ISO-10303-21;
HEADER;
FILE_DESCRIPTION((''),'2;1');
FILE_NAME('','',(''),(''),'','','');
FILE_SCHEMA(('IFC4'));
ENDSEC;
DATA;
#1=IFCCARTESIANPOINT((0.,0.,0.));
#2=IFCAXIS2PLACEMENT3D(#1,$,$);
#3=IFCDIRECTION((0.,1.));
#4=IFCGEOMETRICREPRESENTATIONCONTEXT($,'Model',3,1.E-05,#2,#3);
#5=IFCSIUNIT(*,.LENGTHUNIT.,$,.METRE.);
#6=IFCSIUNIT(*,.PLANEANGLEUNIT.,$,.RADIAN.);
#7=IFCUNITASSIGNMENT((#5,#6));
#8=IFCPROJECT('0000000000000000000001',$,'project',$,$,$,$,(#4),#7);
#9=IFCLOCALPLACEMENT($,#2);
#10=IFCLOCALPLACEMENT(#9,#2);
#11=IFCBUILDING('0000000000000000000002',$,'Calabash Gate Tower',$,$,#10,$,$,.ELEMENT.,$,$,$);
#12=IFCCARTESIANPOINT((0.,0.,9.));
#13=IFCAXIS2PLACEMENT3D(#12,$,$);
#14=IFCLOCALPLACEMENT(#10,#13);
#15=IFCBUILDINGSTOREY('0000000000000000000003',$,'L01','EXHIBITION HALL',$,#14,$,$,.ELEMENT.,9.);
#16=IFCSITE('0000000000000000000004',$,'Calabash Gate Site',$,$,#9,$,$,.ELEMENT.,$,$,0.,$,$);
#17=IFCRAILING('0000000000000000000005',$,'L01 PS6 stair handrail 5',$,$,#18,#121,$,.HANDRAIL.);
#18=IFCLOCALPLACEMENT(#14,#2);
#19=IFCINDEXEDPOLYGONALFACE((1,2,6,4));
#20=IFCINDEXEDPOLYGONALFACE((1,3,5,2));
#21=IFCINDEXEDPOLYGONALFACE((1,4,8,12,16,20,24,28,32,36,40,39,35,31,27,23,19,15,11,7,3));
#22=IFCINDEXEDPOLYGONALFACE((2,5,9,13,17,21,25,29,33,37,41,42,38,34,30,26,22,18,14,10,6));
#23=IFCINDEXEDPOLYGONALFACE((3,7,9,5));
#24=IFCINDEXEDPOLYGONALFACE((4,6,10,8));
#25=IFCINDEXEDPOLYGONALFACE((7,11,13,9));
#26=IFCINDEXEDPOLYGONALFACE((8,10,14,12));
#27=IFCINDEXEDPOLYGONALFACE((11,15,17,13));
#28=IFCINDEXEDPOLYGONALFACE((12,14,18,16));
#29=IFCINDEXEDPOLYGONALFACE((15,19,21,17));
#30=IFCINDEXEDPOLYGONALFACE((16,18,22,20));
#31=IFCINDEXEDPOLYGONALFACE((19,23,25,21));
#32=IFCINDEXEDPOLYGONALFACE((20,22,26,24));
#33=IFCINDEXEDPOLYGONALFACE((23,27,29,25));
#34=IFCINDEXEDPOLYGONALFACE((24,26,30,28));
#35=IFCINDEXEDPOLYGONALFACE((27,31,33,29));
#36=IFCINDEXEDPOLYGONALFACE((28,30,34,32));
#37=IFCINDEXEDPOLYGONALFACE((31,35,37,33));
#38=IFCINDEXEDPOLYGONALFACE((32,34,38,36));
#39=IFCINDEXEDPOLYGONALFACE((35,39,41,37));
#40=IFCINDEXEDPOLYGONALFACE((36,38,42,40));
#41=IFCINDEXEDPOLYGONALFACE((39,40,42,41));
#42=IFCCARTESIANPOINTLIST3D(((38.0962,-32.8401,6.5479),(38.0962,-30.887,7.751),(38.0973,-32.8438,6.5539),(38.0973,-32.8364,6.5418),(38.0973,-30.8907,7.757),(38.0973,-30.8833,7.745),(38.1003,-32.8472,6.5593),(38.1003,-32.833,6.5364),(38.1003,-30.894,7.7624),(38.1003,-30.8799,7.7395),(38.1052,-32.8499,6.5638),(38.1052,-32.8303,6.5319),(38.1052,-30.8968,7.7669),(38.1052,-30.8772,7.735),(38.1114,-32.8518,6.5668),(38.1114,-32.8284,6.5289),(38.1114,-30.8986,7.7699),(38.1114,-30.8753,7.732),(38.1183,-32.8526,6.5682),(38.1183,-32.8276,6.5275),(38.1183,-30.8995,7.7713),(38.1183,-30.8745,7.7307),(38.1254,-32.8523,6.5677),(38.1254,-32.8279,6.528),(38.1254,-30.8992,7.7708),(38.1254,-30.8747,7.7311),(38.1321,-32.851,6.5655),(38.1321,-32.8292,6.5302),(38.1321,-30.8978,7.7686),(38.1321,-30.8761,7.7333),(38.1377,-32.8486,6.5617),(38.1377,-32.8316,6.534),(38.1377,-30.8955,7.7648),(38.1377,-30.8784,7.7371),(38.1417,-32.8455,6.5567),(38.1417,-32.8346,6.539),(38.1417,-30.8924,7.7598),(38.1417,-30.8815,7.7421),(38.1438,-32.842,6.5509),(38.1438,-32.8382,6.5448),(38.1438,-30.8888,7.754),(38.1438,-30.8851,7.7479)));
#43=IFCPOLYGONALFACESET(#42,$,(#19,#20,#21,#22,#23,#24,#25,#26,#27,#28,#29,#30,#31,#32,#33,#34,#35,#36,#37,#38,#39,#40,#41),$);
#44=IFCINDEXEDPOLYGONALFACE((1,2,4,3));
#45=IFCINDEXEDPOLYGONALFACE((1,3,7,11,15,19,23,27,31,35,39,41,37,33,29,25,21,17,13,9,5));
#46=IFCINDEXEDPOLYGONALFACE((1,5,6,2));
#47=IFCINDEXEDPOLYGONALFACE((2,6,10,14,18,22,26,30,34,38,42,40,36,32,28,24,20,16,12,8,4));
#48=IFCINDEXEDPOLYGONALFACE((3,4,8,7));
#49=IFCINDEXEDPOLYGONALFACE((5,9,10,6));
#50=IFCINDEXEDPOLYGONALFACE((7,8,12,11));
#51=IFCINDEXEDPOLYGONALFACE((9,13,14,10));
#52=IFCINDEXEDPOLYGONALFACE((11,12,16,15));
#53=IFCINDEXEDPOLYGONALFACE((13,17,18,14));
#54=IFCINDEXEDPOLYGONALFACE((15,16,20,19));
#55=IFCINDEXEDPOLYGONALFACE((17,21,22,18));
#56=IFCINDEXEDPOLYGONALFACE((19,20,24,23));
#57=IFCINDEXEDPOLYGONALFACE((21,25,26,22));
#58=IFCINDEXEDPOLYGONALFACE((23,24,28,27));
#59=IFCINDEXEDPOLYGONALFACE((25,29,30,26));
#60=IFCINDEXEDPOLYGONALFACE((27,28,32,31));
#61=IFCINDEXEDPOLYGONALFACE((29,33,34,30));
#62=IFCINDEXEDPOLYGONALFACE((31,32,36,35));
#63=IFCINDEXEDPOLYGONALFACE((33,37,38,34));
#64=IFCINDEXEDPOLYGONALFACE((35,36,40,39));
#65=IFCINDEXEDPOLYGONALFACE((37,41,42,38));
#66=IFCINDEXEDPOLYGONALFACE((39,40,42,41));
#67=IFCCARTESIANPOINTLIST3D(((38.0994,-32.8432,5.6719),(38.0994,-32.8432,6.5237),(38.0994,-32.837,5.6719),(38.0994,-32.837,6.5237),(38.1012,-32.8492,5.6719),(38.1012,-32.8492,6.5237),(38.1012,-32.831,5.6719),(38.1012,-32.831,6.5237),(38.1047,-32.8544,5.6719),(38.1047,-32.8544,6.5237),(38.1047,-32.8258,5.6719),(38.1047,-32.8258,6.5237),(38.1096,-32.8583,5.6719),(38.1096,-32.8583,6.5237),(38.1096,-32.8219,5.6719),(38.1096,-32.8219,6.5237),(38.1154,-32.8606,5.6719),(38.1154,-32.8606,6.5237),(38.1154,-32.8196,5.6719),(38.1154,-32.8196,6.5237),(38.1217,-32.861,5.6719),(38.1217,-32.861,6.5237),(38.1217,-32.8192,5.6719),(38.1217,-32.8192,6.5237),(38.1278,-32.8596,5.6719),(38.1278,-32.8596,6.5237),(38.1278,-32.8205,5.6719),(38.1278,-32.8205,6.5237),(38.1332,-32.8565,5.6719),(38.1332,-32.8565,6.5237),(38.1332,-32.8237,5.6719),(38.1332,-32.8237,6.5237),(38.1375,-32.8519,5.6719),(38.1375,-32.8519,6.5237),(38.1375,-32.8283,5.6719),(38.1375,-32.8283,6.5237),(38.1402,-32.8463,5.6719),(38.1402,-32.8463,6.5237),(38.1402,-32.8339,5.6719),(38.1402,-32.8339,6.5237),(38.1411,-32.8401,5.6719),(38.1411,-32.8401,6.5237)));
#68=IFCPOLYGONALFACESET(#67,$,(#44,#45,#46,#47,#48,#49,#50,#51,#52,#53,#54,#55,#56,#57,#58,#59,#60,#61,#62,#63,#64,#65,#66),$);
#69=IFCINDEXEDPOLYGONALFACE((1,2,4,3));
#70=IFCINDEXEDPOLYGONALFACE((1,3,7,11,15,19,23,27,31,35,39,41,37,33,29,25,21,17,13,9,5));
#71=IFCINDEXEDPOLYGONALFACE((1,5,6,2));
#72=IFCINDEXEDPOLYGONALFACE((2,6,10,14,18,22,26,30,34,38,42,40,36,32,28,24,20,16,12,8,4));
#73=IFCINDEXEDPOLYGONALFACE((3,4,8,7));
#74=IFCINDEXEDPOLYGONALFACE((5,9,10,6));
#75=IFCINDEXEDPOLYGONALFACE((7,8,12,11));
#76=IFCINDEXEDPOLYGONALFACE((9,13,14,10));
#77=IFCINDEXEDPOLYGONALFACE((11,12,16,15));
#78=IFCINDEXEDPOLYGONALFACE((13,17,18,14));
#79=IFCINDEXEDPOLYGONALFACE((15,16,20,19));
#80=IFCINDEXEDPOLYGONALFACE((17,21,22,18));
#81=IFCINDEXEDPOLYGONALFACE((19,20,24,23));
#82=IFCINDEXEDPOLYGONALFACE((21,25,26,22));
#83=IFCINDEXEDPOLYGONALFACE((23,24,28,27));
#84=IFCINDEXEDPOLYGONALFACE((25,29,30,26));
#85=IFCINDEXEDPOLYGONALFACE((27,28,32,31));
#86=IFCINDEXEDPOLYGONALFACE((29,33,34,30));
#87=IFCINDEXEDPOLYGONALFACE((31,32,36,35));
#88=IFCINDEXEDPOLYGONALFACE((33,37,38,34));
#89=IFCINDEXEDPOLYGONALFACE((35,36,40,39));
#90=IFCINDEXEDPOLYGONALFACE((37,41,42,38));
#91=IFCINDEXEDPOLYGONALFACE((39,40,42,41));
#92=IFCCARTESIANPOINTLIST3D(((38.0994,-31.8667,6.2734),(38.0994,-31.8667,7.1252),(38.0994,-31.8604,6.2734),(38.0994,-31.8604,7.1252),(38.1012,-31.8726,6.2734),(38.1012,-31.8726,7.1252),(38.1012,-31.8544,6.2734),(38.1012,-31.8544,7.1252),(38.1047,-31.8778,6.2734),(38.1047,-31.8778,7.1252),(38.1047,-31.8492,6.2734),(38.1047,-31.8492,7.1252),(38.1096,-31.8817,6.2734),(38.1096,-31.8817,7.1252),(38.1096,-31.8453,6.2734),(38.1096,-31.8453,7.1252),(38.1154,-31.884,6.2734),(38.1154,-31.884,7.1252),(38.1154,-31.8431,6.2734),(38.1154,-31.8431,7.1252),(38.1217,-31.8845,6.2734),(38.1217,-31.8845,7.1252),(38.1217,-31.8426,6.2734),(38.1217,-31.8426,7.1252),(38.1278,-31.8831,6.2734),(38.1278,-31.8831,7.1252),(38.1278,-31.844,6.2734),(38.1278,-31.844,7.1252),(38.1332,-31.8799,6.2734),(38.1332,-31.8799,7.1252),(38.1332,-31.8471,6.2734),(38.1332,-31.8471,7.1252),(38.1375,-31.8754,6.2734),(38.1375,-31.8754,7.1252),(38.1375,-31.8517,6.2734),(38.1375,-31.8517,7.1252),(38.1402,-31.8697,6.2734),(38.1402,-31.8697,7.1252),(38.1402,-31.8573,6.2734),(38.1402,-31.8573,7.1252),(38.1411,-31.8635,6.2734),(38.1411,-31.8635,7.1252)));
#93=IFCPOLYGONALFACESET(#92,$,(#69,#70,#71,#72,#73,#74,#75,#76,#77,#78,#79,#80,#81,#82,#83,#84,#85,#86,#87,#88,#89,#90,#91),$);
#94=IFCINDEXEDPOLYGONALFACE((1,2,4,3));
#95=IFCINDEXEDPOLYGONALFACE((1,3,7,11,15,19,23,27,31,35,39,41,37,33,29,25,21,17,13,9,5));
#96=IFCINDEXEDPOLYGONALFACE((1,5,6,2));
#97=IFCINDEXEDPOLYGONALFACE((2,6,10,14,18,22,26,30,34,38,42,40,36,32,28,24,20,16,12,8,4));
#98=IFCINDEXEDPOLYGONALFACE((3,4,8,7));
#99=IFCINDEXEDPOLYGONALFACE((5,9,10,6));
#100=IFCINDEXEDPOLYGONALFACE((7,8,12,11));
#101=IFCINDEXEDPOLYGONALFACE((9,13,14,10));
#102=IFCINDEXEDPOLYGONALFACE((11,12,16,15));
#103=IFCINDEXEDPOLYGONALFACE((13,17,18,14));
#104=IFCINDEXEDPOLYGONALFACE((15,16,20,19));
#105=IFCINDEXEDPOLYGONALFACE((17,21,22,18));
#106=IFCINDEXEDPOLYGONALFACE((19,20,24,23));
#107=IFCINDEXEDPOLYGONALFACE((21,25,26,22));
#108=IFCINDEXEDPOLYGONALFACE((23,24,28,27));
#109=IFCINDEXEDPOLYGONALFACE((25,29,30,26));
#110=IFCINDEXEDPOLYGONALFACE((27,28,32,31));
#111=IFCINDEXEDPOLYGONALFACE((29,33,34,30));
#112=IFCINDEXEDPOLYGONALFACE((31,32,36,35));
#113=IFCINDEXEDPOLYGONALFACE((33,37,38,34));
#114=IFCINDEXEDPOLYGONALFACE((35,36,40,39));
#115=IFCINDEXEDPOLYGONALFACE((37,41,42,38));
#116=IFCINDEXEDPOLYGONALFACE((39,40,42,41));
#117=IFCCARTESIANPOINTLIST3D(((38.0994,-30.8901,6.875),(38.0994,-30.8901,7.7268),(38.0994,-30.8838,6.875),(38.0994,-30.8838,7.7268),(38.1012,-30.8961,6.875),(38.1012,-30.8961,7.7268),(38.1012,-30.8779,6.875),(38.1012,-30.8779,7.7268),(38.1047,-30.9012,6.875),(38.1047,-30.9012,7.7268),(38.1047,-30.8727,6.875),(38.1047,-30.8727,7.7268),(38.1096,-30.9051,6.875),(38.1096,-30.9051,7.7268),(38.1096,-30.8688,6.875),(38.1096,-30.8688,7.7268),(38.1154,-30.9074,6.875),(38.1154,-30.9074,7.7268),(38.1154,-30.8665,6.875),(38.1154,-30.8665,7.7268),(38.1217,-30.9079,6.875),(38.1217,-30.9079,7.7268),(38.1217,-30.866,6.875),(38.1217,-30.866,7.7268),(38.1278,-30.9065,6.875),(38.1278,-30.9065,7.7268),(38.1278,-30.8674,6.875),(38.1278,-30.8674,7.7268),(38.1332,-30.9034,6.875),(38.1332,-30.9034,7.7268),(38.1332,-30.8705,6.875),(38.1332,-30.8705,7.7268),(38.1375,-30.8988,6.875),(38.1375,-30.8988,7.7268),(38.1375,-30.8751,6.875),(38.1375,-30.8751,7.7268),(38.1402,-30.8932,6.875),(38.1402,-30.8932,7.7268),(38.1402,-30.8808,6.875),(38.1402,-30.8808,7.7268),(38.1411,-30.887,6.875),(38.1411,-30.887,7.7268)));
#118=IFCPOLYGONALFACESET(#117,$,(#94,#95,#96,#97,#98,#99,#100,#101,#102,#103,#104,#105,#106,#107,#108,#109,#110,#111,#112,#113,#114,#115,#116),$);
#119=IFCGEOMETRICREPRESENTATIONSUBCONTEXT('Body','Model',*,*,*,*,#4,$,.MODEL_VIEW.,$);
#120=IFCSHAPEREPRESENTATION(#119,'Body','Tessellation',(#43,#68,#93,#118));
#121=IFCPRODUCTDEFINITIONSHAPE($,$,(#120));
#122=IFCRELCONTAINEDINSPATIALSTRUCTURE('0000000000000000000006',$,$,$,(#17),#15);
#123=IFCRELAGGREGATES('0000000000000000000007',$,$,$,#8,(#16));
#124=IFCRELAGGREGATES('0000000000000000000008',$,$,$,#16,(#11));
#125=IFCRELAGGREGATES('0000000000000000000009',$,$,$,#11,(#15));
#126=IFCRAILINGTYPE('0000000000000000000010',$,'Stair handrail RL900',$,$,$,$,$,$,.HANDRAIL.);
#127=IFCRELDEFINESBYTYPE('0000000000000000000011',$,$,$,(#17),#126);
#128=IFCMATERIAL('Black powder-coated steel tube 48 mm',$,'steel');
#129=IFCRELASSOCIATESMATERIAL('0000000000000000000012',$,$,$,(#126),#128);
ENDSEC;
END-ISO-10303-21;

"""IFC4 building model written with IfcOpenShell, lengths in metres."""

from ifc_helpers import new_model, si_unit, direction, frame, origin, origin_2d, place, context, subcontext, project, spatial, circle, extrude, material, type_object, element, save


model = new_model("IFC4")

# Units and contexts
model_context = context("Model", 3, precision=1e-05, world=origin(), true_north=direction((0.0, 1.0)))
body_context = subcontext(model_context, "Body", "Model", "MODEL_VIEW")
ifc_project = project(units=[si_unit("LENGTHUNIT", "METRE"), si_unit("PLANEANGLEUNIT", "RADIAN")], contexts=[model_context])

# Site, building, storey
site_placement = place(None, origin())
site = spatial("IfcSite", under=ifc_project, at=site_placement, Name="Calabash Gate Site", CompositionType="ELEMENT", RefElevation=0.0)
building_placement = place(site_placement, origin())
building = spatial("IfcBuilding", under=site, at=building_placement, Name="Calabash Gate Tower", CompositionType="ELEMENT")
storey_placement = place(building_placement, frame((0.0, 0.0, 9.0)))
storey = spatial("IfcBuildingStorey", under=building, at=storey_placement, Name="L01", Description="EXHIBITION HALL", CompositionType="ELEMENT", Elevation=9.0)

# Railing
ifc_material_1 = material(Name="Black powder-coated steel tube 48 mm", Category="steel")
railing_type_1 = type_object("IfcRailingType", Name="Stair handrail RL900", PredefinedType="HANDRAIL", material=ifc_material_1)
for number, where, name in (
    (1, (38.1201, -32.8401, 5.6719), "L01 PS6 stair handrail 5"),
):
    element("IfcRailing", number, at=place(storey_placement, frame(where)), inside=storey, type_object=railing_type_1, Name=name, PredefinedType="HANDRAIL", context=body_context, shape_type="SweptSolid", body=[
        extrude(circle(Radius=0.0239, at=origin_2d()), frame((0.0, 0.0, 0.876), z_axis=(0.0, 0.851424, 0.524477), x_axis=(-1.0, 0.0, 0.0)), (0.0, 0.0, 1.0), 2.2939),
        extrude(circle(Radius=0.021, at=origin_2d()), origin(), (0.0, 0.0, 1.0), 0.8518),
        extrude(circle(Radius=0.021, at=origin_2d()), frame((0.0, 0.9766, 0.6016)), (0.0, 0.0, 1.0), 0.8518),
        extrude(circle(Radius=0.021, at=origin_2d()), frame((0.0, 1.9531, 1.2031)), (0.0, 0.0, 1.0), 0.8518),
    ])

save(model, "model.ifc")
